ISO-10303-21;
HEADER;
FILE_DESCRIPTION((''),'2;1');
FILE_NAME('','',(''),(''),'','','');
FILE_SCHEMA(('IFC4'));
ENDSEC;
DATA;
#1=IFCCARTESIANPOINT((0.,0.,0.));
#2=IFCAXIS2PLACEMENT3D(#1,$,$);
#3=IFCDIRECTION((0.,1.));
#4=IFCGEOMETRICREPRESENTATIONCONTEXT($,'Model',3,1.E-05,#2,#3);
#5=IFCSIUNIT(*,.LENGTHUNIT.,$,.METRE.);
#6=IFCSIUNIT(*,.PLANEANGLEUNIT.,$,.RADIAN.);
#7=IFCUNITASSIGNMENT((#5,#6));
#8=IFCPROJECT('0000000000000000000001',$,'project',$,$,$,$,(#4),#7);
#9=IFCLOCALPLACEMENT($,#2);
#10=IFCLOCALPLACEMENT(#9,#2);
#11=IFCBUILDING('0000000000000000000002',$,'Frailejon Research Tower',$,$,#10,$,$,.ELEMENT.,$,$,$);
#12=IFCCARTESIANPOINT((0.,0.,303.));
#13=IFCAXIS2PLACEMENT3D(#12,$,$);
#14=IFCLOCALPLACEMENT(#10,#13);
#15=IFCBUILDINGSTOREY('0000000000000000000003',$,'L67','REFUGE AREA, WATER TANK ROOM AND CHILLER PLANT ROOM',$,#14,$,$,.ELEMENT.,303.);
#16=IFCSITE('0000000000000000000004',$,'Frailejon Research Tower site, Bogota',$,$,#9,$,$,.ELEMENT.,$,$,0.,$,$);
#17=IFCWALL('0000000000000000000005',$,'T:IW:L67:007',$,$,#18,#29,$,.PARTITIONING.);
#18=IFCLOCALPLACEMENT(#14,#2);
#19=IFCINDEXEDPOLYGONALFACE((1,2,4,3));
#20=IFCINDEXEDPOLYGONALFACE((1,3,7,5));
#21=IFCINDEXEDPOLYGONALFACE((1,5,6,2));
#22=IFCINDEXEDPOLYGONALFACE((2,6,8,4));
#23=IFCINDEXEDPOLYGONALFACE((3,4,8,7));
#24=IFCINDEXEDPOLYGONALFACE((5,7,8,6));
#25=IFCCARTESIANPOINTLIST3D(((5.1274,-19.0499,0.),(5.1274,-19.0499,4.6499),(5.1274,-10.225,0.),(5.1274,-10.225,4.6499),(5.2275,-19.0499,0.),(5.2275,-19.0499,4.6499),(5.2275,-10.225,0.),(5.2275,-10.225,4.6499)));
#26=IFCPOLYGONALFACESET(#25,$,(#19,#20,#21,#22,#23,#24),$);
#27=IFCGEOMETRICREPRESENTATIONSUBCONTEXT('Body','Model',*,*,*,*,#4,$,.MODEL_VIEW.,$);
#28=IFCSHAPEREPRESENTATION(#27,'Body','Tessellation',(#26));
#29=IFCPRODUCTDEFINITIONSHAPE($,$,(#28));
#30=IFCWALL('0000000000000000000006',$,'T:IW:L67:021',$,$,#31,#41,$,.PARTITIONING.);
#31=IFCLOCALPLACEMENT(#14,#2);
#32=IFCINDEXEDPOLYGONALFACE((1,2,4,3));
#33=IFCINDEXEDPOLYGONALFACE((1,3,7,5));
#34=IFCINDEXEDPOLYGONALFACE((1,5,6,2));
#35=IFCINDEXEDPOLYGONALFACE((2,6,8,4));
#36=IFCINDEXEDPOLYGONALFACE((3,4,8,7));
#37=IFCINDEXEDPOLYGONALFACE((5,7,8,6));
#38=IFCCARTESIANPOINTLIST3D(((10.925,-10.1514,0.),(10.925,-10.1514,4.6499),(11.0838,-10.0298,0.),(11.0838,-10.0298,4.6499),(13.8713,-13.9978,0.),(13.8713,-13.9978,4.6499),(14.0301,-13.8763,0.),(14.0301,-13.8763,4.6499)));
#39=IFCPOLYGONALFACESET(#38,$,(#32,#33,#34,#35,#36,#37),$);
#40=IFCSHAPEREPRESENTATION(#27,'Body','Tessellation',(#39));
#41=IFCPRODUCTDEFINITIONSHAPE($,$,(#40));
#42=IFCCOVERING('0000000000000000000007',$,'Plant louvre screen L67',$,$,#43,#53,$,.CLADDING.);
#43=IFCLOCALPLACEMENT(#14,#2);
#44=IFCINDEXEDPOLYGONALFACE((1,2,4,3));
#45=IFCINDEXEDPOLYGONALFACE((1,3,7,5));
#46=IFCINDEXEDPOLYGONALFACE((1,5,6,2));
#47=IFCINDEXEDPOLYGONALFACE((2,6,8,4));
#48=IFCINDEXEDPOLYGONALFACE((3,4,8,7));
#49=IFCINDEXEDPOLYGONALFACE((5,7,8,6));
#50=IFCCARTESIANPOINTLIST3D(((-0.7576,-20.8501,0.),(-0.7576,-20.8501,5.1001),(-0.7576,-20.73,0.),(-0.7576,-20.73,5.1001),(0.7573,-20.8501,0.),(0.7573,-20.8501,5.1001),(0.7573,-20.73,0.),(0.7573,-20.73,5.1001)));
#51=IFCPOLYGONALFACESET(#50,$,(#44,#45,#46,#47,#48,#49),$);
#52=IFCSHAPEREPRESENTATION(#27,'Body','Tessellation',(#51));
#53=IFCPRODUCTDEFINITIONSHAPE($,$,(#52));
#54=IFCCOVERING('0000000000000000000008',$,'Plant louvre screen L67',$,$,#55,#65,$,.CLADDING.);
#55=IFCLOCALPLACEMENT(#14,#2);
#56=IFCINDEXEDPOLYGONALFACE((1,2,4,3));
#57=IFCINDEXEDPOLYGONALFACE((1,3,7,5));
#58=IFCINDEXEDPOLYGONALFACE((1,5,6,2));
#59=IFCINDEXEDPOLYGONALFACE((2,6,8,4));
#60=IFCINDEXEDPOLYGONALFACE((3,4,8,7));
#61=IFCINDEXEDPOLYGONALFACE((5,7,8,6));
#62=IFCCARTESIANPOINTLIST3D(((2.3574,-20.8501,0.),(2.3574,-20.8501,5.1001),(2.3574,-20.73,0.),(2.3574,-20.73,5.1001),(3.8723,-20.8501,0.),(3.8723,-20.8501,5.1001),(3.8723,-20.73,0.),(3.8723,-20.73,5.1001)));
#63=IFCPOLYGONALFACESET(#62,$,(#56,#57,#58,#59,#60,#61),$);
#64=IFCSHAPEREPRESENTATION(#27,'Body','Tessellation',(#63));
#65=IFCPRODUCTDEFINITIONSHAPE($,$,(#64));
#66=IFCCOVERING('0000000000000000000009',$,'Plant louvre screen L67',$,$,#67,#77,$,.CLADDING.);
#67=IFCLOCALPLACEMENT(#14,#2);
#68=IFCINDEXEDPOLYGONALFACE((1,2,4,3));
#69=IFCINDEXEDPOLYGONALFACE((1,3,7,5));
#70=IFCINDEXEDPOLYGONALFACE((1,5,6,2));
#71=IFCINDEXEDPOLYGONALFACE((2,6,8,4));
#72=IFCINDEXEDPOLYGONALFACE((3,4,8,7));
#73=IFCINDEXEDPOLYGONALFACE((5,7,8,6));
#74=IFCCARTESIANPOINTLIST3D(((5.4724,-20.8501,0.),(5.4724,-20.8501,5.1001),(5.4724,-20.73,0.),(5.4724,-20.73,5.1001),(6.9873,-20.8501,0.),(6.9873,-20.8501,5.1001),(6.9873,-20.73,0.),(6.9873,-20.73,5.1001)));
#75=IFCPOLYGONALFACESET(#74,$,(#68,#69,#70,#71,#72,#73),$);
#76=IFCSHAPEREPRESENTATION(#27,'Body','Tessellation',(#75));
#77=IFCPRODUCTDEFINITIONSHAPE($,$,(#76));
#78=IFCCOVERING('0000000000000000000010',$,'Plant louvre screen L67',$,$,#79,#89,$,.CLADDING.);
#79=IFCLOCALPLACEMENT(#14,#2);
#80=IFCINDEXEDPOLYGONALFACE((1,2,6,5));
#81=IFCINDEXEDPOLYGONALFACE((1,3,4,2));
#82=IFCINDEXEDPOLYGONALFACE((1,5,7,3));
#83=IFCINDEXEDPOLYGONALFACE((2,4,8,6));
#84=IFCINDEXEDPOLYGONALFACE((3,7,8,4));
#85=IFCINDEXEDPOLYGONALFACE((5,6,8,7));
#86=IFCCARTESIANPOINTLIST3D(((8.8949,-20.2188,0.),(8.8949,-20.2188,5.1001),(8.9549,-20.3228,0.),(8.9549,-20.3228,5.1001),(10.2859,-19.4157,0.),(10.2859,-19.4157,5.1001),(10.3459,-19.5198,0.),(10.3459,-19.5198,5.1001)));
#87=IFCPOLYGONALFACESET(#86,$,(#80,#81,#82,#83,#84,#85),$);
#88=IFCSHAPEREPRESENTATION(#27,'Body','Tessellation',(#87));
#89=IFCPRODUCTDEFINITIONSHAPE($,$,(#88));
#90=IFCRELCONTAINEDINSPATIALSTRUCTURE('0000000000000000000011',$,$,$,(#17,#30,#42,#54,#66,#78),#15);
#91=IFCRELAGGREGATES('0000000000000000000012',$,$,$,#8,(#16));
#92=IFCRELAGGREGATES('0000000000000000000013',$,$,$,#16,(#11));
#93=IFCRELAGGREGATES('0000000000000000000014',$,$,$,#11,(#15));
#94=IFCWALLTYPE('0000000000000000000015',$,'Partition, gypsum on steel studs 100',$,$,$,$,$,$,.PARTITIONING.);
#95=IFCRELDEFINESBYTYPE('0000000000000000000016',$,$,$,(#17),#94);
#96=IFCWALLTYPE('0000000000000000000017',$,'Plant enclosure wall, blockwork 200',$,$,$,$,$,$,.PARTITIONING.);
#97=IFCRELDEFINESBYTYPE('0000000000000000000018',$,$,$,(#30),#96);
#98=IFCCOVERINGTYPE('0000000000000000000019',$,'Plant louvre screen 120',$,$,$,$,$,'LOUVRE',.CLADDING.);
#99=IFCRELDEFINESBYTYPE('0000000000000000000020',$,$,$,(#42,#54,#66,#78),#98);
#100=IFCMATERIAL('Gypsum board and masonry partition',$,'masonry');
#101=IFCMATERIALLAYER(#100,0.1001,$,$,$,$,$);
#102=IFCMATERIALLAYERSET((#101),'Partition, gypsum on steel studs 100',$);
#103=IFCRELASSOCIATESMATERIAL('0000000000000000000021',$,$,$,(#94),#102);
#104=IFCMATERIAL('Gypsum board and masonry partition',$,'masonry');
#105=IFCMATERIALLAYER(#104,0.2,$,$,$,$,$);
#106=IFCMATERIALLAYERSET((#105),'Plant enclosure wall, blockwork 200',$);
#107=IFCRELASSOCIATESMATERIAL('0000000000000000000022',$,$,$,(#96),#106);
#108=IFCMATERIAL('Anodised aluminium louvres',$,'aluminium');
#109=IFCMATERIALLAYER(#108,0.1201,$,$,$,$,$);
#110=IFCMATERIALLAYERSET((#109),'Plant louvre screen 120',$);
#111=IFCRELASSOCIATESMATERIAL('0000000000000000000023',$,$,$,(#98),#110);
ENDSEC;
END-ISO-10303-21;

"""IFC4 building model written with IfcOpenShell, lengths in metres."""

from ifc_helpers import new_model, si_unit, direction, frame, frame_2d, origin, place, context, subcontext, project, spatial, polyline, rectangle, outline, extrude, material, layer, layer_set, type_object, element, save


model = new_model("IFC4")

# Units and contexts
model_context = context("Model", 3, precision=1e-05, world=origin(), true_north=direction((0.0, 1.0)))
body_context = subcontext(model_context, "Body", "Model", "MODEL_VIEW")
ifc_project = project(units=[si_unit("LENGTHUNIT", "METRE"), si_unit("PLANEANGLEUNIT", "RADIAN")], contexts=[model_context])

# Site, building, storey
site_placement = place(None, origin())
site = spatial("IfcSite", under=ifc_project, at=site_placement, Name="Frailejon Research Tower site, Bogota", CompositionType="ELEMENT", RefElevation=0.0)
building_placement = place(site_placement, origin())
building = spatial("IfcBuilding", under=site, at=building_placement, Name="Frailejon Research Tower", CompositionType="ELEMENT")
storey_placement = place(building_placement, frame((0.0, 0.0, 303.0)))
storey = spatial("IfcBuildingStorey", under=building, at=storey_placement, Name="L67", Description="REFUGE AREA, WATER TANK ROOM AND CHILLER PLANT ROOM", CompositionType="ELEMENT", Elevation=303.0)

# Walls
ifc_material_1 = material(Name="Gypsum board and masonry partition", Category="masonry")
ifc_layer_1 = layer(ifc_material_1, 0.1001)
ifc_layer_set_1 = layer_set([ifc_layer_1], Name="Partition, gypsum on steel studs 100")
wall_type_1 = type_object("IfcWallType", Name="Partition, gypsum on steel studs 100", PredefinedType="PARTITIONING", material=ifc_layer_set_1)
wall_1_placement = place(storey_placement, frame((5.1775, -19.05, 0.0), z_axis=(0.0, 0.0, 1.0), x_axis=(0.0, 1.0, 0.0)))
element("IfcWall", 1, at=wall_1_placement, inside=storey, type_object=wall_type_1, Name="T:IW:L67:007", PredefinedType="PARTITIONING", context=body_context, shape_type="SweptSolid", body=[
    extrude(rectangle(XDim=8.825, YDim=0.1001, at=frame_2d((4.4126, 0.0))), origin(), (0.0, 0.0, 1.0), 4.6499),
])
ifc_material_2 = material(Name="Gypsum board and masonry partition", Category="masonry")
ifc_layer_2 = layer(ifc_material_2, 0.2)
ifc_layer_set_2 = layer_set([ifc_layer_2], Name="Plant enclosure wall, blockwork 200")
wall_type_2 = type_object("IfcWallType", Name="Plant enclosure wall, blockwork 200", PredefinedType="PARTITIONING", material=ifc_layer_set_2)
wall_2_placement = place(storey_placement, frame((11.0044, -10.0906, 0.0), z_axis=(0.0, 0.0, 1.0), x_axis=(0.608088, -0.79387, 0.0)))
element("IfcWall", 2, at=wall_2_placement, inside=storey, type_object=wall_type_2, Name="T:IW:L67:021", PredefinedType="PARTITIONING", context=body_context, shape_type="SweptSolid", body=[
    extrude(rectangle(XDim=4.8452, YDim=0.2, at=frame_2d((2.4226, 0.0))), origin(), (0.0, 0.0, 1.0), 4.6499),
])

# Coverings
ifc_material_3 = material(Name="Anodised aluminium louvres", Category="aluminium")
ifc_layer_3 = layer(ifc_material_3, 0.1201)
ifc_layer_set_3 = layer_set([ifc_layer_3], Name="Plant louvre screen 120")
covering_type = type_object("IfcCoveringType", Name="Plant louvre screen 120", ElementType="LOUVRE", PredefinedType="CLADDING", material=ifc_layer_set_3)
for number, where, z_axis, x_axis, name in (
    (3, (0.7573, -20.8501, 0.0), (-1.0, 0.0, 0.0), (0.0, -1.0, 0.0), "Plant louvre screen L67"),
    (4, (3.8723, -20.8501, 0.0), (-1.0, 0.0, 0.0), (0.0, -1.0, 0.0), "Plant louvre screen L67"),
    (5, (6.9873, -20.8501, 0.0), (-1.0, 0.0, 0.0), (0.0, -1.0, 0.0), "Plant louvre screen L67"),
):
    element("IfcCovering", number, at=place(storey_placement, frame(where, z_axis=z_axis, x_axis=x_axis)), inside=storey, type_object=covering_type, Name=name, PredefinedType="CLADDING", context=body_context, shape_type="SweptSolid", body=[
        extrude(outline(polyline([(-0.1201, 0.0), (0.0, 0.0), (0.0, 5.1001), (-0.1201, 5.1001), (-0.1201, 0.0)])), origin(), (0.0, 0.0, 1.0), 1.5149),
    ])
covering_placement = place(storey_placement, frame((10.3459, -19.5198, 0.0), z_axis=(-0.866035, -0.499983, 0.0), x_axis=(0.499983, -0.866035, 0.0)))
element("IfcCovering", 6, at=covering_placement, inside=storey, type_object=covering_type, Name="Plant louvre screen L67", PredefinedType="CLADDING", context=body_context, shape_type="SweptSolid", body=[
    extrude(outline(polyline([(-0.1201, 0.0), (0.0, 0.0), (0.0, 5.1001), (-0.1201, 5.1001), (-0.1201, 0.0)])), origin(), (0.0, 0.0, 1.0), 1.6062),
])

save(model, "model.ifc")
